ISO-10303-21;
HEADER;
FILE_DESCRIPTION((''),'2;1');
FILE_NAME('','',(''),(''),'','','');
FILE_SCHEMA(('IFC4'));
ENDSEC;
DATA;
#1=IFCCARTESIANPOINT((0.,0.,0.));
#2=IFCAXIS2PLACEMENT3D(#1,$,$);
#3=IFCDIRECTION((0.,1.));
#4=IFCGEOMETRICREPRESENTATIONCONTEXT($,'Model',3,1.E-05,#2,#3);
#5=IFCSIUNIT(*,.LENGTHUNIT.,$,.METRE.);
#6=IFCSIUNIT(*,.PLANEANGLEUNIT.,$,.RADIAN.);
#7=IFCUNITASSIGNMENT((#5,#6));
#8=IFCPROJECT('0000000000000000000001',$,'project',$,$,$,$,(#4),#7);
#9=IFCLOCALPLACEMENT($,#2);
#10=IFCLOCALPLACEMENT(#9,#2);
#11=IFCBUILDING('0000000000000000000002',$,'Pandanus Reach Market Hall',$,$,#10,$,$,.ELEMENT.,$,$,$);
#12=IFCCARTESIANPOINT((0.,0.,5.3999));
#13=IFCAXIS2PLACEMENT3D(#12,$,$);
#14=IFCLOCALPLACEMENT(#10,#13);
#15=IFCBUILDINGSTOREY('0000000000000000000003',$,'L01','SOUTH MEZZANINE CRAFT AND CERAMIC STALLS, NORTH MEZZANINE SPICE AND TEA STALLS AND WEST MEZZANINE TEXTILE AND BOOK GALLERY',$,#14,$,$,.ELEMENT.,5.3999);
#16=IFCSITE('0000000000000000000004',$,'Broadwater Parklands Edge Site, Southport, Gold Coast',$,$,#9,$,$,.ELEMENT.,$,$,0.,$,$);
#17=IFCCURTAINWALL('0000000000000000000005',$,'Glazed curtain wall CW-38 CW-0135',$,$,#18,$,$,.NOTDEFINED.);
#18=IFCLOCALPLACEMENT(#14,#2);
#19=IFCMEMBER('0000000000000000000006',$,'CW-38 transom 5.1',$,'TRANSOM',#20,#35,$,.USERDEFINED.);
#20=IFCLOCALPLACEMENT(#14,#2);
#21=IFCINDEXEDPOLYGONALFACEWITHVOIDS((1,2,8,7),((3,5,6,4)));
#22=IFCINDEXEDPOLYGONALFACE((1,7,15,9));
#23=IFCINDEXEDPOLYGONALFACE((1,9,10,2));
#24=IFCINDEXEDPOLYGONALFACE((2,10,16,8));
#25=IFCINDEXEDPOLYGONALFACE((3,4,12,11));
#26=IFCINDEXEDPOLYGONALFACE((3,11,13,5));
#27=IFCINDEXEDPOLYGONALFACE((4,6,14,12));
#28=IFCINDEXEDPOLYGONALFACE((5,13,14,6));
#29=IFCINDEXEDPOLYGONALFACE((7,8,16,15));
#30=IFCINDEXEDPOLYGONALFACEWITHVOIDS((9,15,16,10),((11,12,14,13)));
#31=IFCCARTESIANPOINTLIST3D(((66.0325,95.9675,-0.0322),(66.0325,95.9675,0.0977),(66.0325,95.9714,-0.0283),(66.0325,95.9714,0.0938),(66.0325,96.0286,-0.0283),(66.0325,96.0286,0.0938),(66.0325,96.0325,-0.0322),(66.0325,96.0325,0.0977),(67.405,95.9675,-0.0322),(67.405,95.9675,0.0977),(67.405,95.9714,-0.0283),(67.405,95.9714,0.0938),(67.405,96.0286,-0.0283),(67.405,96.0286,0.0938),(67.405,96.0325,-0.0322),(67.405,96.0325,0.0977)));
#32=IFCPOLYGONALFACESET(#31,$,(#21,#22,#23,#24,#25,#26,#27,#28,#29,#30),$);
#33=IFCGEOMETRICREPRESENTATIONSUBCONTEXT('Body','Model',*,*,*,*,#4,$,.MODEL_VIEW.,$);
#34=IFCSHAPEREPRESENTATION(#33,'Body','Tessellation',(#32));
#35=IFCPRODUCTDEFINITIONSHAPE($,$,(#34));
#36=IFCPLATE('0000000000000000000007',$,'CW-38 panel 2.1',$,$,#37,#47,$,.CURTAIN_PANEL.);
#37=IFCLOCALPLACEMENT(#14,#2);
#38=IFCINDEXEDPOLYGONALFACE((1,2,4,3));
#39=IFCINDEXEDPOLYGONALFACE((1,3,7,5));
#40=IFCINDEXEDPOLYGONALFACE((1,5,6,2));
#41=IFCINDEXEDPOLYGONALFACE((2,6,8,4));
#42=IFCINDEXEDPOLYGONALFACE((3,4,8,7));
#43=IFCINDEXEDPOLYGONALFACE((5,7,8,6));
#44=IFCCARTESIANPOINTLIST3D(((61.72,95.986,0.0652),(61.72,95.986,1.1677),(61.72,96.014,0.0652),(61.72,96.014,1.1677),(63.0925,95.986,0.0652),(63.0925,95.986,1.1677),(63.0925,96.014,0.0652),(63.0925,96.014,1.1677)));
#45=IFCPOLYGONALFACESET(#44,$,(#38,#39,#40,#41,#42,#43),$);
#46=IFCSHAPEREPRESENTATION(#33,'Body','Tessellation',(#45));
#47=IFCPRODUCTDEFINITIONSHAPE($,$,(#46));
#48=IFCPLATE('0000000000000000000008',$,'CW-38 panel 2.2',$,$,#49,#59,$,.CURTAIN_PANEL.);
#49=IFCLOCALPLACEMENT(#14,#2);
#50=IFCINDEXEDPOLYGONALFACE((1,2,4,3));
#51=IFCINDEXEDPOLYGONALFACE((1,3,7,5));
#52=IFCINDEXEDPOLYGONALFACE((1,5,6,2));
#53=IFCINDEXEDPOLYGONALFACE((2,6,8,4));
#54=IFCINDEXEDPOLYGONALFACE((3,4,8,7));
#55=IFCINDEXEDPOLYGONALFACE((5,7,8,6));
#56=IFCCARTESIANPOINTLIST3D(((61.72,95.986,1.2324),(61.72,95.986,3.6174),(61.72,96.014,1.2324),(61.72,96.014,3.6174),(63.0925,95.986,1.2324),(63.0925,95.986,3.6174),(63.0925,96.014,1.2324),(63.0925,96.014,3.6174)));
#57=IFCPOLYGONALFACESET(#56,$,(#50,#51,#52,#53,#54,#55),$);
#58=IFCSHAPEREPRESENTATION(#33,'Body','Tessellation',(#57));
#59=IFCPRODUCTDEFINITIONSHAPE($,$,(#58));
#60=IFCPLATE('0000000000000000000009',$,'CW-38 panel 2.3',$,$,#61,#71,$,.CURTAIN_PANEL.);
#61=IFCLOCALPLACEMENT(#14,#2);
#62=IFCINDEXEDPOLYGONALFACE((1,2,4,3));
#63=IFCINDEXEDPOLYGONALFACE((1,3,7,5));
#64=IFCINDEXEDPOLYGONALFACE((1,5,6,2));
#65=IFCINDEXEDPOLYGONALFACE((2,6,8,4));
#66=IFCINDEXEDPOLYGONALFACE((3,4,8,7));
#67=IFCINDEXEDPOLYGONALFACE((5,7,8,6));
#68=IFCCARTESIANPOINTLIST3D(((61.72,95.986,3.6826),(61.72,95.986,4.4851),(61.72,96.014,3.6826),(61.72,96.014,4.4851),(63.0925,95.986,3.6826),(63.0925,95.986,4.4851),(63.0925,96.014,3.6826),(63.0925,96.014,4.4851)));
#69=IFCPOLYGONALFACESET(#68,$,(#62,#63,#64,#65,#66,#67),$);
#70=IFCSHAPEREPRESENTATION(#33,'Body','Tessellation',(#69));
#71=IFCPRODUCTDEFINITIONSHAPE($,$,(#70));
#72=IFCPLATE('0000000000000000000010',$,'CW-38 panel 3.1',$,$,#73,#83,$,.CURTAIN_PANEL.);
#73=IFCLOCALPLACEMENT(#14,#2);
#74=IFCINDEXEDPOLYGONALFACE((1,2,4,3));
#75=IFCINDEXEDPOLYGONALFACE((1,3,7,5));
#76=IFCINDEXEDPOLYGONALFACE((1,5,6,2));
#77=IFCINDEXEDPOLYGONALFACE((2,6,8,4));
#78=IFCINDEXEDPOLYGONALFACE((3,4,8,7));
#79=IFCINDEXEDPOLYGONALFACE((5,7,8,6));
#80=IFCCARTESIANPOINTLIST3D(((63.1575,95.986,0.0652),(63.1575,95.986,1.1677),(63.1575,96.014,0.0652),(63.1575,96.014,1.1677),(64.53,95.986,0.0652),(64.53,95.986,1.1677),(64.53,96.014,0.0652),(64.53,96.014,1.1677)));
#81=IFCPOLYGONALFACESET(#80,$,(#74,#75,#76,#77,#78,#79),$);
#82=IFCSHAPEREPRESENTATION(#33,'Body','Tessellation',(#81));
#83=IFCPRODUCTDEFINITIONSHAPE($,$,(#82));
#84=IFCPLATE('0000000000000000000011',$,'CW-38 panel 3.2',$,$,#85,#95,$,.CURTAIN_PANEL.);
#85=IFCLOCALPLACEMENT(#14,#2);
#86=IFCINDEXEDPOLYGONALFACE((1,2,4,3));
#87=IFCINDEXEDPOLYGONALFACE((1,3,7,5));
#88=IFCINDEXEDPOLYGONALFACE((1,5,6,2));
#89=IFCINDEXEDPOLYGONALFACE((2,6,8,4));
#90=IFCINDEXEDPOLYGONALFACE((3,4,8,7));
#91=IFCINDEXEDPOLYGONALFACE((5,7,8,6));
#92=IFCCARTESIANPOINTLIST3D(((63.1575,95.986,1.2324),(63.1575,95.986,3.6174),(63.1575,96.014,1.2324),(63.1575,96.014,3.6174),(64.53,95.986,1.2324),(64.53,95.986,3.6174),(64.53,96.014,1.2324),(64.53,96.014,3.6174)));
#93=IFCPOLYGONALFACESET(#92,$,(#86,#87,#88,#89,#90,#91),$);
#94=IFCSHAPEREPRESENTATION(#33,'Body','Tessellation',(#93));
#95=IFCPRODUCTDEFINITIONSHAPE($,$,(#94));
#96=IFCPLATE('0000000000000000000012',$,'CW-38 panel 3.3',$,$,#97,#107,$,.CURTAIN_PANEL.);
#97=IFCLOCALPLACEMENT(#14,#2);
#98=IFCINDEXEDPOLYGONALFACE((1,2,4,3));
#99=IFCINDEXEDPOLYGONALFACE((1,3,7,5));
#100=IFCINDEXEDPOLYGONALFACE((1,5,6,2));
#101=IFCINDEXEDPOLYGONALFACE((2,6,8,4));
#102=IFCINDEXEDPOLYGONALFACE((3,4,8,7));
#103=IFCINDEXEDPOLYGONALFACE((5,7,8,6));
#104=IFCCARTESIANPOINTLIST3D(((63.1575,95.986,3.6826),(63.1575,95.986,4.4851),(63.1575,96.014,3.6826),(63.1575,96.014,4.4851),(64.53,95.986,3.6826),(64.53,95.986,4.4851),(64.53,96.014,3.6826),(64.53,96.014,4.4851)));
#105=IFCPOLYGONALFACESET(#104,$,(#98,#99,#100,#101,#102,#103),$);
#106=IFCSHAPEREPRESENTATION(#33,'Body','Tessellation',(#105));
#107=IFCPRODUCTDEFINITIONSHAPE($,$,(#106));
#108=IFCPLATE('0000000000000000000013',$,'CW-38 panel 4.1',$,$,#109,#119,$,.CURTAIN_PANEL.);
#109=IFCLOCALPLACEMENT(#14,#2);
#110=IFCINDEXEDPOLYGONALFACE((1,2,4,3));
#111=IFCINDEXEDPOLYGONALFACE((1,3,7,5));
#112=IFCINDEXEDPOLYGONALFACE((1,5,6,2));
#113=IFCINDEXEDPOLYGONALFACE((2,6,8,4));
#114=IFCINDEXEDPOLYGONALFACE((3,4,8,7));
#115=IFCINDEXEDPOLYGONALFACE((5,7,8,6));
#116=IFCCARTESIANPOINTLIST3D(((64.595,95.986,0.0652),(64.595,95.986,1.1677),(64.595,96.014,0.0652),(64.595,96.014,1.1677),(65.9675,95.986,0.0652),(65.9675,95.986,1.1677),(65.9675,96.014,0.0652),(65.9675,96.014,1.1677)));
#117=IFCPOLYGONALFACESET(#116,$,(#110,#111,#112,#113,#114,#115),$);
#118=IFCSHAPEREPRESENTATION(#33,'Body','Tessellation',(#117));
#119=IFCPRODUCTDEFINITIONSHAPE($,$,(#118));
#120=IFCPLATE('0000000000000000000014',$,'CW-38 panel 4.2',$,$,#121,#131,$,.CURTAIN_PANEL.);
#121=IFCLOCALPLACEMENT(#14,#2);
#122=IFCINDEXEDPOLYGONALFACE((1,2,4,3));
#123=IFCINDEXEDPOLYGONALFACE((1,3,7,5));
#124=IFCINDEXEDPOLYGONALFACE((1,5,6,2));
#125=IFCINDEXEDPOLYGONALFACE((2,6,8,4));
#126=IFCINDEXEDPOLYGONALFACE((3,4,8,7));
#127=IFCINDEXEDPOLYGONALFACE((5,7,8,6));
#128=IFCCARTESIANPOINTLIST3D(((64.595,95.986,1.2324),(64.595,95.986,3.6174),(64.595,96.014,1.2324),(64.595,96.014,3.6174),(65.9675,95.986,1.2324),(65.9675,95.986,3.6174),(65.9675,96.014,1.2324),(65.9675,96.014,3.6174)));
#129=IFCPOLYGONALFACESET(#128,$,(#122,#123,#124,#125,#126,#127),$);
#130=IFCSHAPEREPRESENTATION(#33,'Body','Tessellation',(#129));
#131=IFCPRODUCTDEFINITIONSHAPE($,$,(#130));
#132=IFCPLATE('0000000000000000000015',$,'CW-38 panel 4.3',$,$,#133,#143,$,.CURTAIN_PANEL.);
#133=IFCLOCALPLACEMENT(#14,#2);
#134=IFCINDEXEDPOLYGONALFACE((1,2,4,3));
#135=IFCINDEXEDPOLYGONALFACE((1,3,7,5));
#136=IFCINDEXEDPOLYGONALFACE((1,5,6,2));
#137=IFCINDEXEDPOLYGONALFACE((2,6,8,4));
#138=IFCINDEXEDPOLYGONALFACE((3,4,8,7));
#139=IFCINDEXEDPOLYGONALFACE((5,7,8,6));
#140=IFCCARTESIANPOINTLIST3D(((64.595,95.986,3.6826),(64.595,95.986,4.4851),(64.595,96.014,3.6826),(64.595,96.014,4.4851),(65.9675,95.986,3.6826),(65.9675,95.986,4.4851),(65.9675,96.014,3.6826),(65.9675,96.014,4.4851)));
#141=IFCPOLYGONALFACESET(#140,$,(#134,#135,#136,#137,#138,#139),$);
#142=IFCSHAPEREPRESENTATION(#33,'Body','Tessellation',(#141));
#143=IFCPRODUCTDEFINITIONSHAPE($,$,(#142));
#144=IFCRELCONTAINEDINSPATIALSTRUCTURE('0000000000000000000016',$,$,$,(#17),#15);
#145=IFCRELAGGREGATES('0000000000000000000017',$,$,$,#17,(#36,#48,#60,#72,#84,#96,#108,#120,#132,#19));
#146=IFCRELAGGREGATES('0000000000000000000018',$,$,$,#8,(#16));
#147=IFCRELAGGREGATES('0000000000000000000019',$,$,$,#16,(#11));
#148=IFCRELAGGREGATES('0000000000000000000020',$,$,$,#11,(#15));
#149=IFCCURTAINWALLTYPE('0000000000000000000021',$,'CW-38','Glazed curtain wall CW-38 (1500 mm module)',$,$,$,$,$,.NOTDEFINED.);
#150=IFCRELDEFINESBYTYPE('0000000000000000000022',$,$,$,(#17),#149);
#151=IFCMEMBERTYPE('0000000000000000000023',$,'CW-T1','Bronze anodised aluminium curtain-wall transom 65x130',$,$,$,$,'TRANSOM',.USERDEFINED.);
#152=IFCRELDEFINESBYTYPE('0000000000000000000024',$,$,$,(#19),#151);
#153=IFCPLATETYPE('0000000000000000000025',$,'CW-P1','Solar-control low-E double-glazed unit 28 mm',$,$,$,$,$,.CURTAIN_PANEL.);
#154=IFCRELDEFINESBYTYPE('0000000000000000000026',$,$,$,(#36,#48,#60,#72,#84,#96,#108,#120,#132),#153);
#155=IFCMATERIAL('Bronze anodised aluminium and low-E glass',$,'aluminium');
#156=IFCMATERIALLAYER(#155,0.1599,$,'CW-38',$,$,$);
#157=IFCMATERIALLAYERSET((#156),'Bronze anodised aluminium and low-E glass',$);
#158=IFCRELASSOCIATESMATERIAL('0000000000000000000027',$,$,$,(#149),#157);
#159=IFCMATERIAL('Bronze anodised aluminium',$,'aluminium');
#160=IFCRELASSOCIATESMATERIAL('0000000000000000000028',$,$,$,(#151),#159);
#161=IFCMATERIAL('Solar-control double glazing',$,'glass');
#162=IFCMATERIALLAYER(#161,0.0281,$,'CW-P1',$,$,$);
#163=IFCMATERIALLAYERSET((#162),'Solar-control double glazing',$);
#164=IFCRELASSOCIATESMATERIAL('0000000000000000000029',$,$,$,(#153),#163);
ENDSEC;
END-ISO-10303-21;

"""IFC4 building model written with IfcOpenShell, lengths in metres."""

from ifc_helpers import new_model, si_unit, direction, frame, origin, origin_2d, place, context, subcontext, project, spatial, rectangle, hollow_rectangle, extrude, material, layer, layer_set, material_profile, profile_set, type_object, element, aggregate, save


model = new_model("IFC4")

# Units and contexts
model_context = context("Model", 3, precision=1e-05, world=origin(), true_north=direction((0.0, 1.0)))
body_context = subcontext(model_context, "Body", "Model", "MODEL_VIEW")
ifc_project = project(units=[si_unit("LENGTHUNIT", "METRE"), si_unit("PLANEANGLEUNIT", "RADIAN")], contexts=[model_context])

# Site, building, storey
site_placement = place(None, origin())
site = spatial("IfcSite", under=ifc_project, at=site_placement, Name="Broadwater Parklands Edge Site, Southport, Gold Coast", CompositionType="ELEMENT", RefElevation=0.0)
building_placement = place(site_placement, origin())
building = spatial("IfcBuilding", under=site, at=building_placement, Name="Pandanus Reach Market Hall", CompositionType="ELEMENT")
storey_placement = place(building_placement, frame((0.0, 0.0, 5.3999)))
storey = spatial("IfcBuildingStorey", under=building, at=storey_placement, Name="L01", Description="SOUTH MEZZANINE CRAFT AND CERAMIC STALLS, NORTH MEZZANINE SPICE AND TEA STALLS AND WEST MEZZANINE TEXTILE AND BOOK GALLERY", CompositionType="ELEMENT", Elevation=5.3999)

# Curtain wall, member, plates
ifc_material_1 = material(Name="Bronze anodised aluminium and low-E glass", Category="aluminium")
ifc_layer_1 = layer(ifc_material_1, 0.1599, Name="CW-38")
ifc_layer_set_1 = layer_set([ifc_layer_1], Name="Bronze anodised aluminium and low-E glass")
curtain_wall_type = type_object("IfcCurtainWallType", Name="CW-38", Description="Glazed curtain wall CW-38 (1500 mm module)", PredefinedType="NOTDEFINED", material=ifc_layer_set_1)
curtain_wall_placement = place(storey_placement, origin())
curtain_wall = element("IfcCurtainWall", 1, at=curtain_wall_placement, inside=storey, type_object=curtain_wall_type, Name="Glazed curtain wall CW-38 CW-0135", PredefinedType="NOTDEFINED")
ifc_material_2 = material(Name="Bronze anodised aluminium", Category="aluminium")
ifc_material_profile_1 = material_profile(ifc_material_2, hollow_rectangle(XDim=0.0649, YDim=0.1299, WallThickness=0.0039, at=origin_2d()), Name="ALU65x130", Category="LoadBearing")
ifc_profile_set_1 = profile_set([ifc_material_profile_1], Name="Bronze anodised aluminium")
member_type_1 = type_object("IfcMemberType", Name="CW-T1", Description="Bronze anodised aluminium curtain-wall transom 65x130", ElementType="TRANSOM", PredefinedType="USERDEFINED", material=ifc_profile_set_1)
member_1_placement = place(storey_placement, frame((66.0325, 96.0, 0.0327), z_axis=(1.0, 0.0, 0.0), x_axis=(0.0, 1.0, 0.0)))
member_1 = element("IfcMember", 2, at=member_1_placement, type_object=member_type_1, Name="CW-38 transom 5.1", ObjectType="TRANSOM", PredefinedType="USERDEFINED", context=body_context, shape_type="SweptSolid", body=[
    extrude(hollow_rectangle(XDim=0.0649, YDim=0.1299, WallThickness=0.0039, at=origin_2d()), origin(), (0.0, 0.0, 1.0), 1.3726),
])
ifc_material_3 = material(Name="Solar-control double glazing", Category="glass")
ifc_layer_2 = layer(ifc_material_3, 0.0281, Name="CW-P1")
ifc_layer_set_2 = layer_set([ifc_layer_2], Name="Solar-control double glazing")
plate_type = type_object("IfcPlateType", Name="CW-P1", Description="Solar-control low-E double-glazed unit 28 mm", PredefinedType="CURTAIN_PANEL", material=ifc_layer_set_2)
plate_1_placement = place(storey_placement, frame((62.4062, 96.0, 0.0652), z_axis=(0.0, 0.0, 1.0), x_axis=(1.0, 0.0, 0.0)))
plate_1 = element("IfcPlate", 3, at=plate_1_placement, type_object=plate_type, Name="CW-38 panel 2.1", PredefinedType="CURTAIN_PANEL", context=body_context, shape_type="SweptSolid", body=[
    extrude(rectangle(XDim=1.3726, YDim=0.0281, at=origin_2d()), origin(), (0.0, 0.0, 1.0), 1.1025),
])
plate_2_placement = place(storey_placement, frame((62.4062, 96.0, 1.2324), z_axis=(0.0, 0.0, 1.0), x_axis=(1.0, 0.0, 0.0)))
plate_2 = element("IfcPlate", 4, at=plate_2_placement, type_object=plate_type, Name="CW-38 panel 2.2", PredefinedType="CURTAIN_PANEL", context=body_context, shape_type="SweptSolid", body=[
    extrude(rectangle(XDim=1.3726, YDim=0.0281, at=origin_2d()), origin(), (0.0, 0.0, 1.0), 2.385),
])
plate_3_placement = place(storey_placement, frame((62.4062, 96.0, 3.6826), z_axis=(0.0, 0.0, 1.0), x_axis=(1.0, 0.0, 0.0)))
plate_3 = element("IfcPlate", 5, at=plate_3_placement, type_object=plate_type, Name="CW-38 panel 2.3", PredefinedType="CURTAIN_PANEL", context=body_context, shape_type="SweptSolid", body=[
    extrude(rectangle(XDim=1.3726, YDim=0.0281, at=origin_2d()), origin(), (0.0, 0.0, 1.0), 0.8025),
])
plate_4_placement = place(storey_placement, frame((63.8438, 96.0, 0.0652), z_axis=(0.0, 0.0, 1.0), x_axis=(1.0, 0.0, 0.0)))
plate_4 = element("IfcPlate", 6, at=plate_4_placement, type_object=plate_type, Name="CW-38 panel 3.1", PredefinedType="CURTAIN_PANEL", context=body_context, shape_type="SweptSolid", body=[
    extrude(rectangle(XDim=1.3726, YDim=0.0281, at=origin_2d()), origin(), (0.0, 0.0, 1.0), 1.1025),
])
plate_5_placement = place(storey_placement, frame((63.8438, 96.0, 1.2324), z_axis=(0.0, 0.0, 1.0), x_axis=(1.0, 0.0, 0.0)))
plate_5 = element("IfcPlate", 7, at=plate_5_placement, type_object=plate_type, Name="CW-38 panel 3.2", PredefinedType="CURTAIN_PANEL", context=body_context, shape_type="SweptSolid", body=[
    extrude(rectangle(XDim=1.3726, YDim=0.0281, at=origin_2d()), origin(), (0.0, 0.0, 1.0), 2.385),
])
plate_6_placement = place(storey_placement, frame((63.8438, 96.0, 3.6826), z_axis=(0.0, 0.0, 1.0), x_axis=(1.0, 0.0, 0.0)))
plate_6 = element("IfcPlate", 8, at=plate_6_placement, type_object=plate_type, Name="CW-38 panel 3.3", PredefinedType="CURTAIN_PANEL", context=body_context, shape_type="SweptSolid", body=[
    extrude(rectangle(XDim=1.3726, YDim=0.0281, at=origin_2d()), origin(), (0.0, 0.0, 1.0), 0.8025),
])
plate_7_placement = place(storey_placement, frame((65.2812, 96.0, 0.0652), z_axis=(0.0, 0.0, 1.0), x_axis=(1.0, 0.0, 0.0)))
plate_7 = element("IfcPlate", 9, at=plate_7_placement, type_object=plate_type, Name="CW-38 panel 4.1", PredefinedType="CURTAIN_PANEL", context=body_context, shape_type="SweptSolid", body=[
    extrude(rectangle(XDim=1.3726, YDim=0.0281, at=origin_2d()), origin(), (0.0, 0.0, 1.0), 1.1025),
])
plate_8_placement = place(storey_placement, frame((65.2812, 96.0, 1.2324), z_axis=(0.0, 0.0, 1.0), x_axis=(1.0, 0.0, 0.0)))
plate_8 = element("IfcPlate", 10, at=plate_8_placement, type_object=plate_type, Name="CW-38 panel 4.2", PredefinedType="CURTAIN_PANEL", context=body_context, shape_type="SweptSolid", body=[
    extrude(rectangle(XDim=1.3726, YDim=0.0281, at=origin_2d()), origin(), (0.0, 0.0, 1.0), 2.385),
])
plate_9_placement = place(storey_placement, frame((65.2812, 96.0, 3.6826), z_axis=(0.0, 0.0, 1.0), x_axis=(1.0, 0.0, 0.0)))
plate_9 = element("IfcPlate", 11, at=plate_9_placement, type_object=plate_type, Name="CW-38 panel 4.3", PredefinedType="CURTAIN_PANEL", context=body_context, shape_type="SweptSolid", body=[
    extrude(rectangle(XDim=1.3726, YDim=0.0281, at=origin_2d()), origin(), (0.0, 0.0, 1.0), 0.8025),
])
aggregate(curtain_wall, [plate_1, plate_2, plate_3, plate_4, plate_5, plate_6, plate_7, plate_8, plate_9, member_1])

save(model, "model.ifc")
